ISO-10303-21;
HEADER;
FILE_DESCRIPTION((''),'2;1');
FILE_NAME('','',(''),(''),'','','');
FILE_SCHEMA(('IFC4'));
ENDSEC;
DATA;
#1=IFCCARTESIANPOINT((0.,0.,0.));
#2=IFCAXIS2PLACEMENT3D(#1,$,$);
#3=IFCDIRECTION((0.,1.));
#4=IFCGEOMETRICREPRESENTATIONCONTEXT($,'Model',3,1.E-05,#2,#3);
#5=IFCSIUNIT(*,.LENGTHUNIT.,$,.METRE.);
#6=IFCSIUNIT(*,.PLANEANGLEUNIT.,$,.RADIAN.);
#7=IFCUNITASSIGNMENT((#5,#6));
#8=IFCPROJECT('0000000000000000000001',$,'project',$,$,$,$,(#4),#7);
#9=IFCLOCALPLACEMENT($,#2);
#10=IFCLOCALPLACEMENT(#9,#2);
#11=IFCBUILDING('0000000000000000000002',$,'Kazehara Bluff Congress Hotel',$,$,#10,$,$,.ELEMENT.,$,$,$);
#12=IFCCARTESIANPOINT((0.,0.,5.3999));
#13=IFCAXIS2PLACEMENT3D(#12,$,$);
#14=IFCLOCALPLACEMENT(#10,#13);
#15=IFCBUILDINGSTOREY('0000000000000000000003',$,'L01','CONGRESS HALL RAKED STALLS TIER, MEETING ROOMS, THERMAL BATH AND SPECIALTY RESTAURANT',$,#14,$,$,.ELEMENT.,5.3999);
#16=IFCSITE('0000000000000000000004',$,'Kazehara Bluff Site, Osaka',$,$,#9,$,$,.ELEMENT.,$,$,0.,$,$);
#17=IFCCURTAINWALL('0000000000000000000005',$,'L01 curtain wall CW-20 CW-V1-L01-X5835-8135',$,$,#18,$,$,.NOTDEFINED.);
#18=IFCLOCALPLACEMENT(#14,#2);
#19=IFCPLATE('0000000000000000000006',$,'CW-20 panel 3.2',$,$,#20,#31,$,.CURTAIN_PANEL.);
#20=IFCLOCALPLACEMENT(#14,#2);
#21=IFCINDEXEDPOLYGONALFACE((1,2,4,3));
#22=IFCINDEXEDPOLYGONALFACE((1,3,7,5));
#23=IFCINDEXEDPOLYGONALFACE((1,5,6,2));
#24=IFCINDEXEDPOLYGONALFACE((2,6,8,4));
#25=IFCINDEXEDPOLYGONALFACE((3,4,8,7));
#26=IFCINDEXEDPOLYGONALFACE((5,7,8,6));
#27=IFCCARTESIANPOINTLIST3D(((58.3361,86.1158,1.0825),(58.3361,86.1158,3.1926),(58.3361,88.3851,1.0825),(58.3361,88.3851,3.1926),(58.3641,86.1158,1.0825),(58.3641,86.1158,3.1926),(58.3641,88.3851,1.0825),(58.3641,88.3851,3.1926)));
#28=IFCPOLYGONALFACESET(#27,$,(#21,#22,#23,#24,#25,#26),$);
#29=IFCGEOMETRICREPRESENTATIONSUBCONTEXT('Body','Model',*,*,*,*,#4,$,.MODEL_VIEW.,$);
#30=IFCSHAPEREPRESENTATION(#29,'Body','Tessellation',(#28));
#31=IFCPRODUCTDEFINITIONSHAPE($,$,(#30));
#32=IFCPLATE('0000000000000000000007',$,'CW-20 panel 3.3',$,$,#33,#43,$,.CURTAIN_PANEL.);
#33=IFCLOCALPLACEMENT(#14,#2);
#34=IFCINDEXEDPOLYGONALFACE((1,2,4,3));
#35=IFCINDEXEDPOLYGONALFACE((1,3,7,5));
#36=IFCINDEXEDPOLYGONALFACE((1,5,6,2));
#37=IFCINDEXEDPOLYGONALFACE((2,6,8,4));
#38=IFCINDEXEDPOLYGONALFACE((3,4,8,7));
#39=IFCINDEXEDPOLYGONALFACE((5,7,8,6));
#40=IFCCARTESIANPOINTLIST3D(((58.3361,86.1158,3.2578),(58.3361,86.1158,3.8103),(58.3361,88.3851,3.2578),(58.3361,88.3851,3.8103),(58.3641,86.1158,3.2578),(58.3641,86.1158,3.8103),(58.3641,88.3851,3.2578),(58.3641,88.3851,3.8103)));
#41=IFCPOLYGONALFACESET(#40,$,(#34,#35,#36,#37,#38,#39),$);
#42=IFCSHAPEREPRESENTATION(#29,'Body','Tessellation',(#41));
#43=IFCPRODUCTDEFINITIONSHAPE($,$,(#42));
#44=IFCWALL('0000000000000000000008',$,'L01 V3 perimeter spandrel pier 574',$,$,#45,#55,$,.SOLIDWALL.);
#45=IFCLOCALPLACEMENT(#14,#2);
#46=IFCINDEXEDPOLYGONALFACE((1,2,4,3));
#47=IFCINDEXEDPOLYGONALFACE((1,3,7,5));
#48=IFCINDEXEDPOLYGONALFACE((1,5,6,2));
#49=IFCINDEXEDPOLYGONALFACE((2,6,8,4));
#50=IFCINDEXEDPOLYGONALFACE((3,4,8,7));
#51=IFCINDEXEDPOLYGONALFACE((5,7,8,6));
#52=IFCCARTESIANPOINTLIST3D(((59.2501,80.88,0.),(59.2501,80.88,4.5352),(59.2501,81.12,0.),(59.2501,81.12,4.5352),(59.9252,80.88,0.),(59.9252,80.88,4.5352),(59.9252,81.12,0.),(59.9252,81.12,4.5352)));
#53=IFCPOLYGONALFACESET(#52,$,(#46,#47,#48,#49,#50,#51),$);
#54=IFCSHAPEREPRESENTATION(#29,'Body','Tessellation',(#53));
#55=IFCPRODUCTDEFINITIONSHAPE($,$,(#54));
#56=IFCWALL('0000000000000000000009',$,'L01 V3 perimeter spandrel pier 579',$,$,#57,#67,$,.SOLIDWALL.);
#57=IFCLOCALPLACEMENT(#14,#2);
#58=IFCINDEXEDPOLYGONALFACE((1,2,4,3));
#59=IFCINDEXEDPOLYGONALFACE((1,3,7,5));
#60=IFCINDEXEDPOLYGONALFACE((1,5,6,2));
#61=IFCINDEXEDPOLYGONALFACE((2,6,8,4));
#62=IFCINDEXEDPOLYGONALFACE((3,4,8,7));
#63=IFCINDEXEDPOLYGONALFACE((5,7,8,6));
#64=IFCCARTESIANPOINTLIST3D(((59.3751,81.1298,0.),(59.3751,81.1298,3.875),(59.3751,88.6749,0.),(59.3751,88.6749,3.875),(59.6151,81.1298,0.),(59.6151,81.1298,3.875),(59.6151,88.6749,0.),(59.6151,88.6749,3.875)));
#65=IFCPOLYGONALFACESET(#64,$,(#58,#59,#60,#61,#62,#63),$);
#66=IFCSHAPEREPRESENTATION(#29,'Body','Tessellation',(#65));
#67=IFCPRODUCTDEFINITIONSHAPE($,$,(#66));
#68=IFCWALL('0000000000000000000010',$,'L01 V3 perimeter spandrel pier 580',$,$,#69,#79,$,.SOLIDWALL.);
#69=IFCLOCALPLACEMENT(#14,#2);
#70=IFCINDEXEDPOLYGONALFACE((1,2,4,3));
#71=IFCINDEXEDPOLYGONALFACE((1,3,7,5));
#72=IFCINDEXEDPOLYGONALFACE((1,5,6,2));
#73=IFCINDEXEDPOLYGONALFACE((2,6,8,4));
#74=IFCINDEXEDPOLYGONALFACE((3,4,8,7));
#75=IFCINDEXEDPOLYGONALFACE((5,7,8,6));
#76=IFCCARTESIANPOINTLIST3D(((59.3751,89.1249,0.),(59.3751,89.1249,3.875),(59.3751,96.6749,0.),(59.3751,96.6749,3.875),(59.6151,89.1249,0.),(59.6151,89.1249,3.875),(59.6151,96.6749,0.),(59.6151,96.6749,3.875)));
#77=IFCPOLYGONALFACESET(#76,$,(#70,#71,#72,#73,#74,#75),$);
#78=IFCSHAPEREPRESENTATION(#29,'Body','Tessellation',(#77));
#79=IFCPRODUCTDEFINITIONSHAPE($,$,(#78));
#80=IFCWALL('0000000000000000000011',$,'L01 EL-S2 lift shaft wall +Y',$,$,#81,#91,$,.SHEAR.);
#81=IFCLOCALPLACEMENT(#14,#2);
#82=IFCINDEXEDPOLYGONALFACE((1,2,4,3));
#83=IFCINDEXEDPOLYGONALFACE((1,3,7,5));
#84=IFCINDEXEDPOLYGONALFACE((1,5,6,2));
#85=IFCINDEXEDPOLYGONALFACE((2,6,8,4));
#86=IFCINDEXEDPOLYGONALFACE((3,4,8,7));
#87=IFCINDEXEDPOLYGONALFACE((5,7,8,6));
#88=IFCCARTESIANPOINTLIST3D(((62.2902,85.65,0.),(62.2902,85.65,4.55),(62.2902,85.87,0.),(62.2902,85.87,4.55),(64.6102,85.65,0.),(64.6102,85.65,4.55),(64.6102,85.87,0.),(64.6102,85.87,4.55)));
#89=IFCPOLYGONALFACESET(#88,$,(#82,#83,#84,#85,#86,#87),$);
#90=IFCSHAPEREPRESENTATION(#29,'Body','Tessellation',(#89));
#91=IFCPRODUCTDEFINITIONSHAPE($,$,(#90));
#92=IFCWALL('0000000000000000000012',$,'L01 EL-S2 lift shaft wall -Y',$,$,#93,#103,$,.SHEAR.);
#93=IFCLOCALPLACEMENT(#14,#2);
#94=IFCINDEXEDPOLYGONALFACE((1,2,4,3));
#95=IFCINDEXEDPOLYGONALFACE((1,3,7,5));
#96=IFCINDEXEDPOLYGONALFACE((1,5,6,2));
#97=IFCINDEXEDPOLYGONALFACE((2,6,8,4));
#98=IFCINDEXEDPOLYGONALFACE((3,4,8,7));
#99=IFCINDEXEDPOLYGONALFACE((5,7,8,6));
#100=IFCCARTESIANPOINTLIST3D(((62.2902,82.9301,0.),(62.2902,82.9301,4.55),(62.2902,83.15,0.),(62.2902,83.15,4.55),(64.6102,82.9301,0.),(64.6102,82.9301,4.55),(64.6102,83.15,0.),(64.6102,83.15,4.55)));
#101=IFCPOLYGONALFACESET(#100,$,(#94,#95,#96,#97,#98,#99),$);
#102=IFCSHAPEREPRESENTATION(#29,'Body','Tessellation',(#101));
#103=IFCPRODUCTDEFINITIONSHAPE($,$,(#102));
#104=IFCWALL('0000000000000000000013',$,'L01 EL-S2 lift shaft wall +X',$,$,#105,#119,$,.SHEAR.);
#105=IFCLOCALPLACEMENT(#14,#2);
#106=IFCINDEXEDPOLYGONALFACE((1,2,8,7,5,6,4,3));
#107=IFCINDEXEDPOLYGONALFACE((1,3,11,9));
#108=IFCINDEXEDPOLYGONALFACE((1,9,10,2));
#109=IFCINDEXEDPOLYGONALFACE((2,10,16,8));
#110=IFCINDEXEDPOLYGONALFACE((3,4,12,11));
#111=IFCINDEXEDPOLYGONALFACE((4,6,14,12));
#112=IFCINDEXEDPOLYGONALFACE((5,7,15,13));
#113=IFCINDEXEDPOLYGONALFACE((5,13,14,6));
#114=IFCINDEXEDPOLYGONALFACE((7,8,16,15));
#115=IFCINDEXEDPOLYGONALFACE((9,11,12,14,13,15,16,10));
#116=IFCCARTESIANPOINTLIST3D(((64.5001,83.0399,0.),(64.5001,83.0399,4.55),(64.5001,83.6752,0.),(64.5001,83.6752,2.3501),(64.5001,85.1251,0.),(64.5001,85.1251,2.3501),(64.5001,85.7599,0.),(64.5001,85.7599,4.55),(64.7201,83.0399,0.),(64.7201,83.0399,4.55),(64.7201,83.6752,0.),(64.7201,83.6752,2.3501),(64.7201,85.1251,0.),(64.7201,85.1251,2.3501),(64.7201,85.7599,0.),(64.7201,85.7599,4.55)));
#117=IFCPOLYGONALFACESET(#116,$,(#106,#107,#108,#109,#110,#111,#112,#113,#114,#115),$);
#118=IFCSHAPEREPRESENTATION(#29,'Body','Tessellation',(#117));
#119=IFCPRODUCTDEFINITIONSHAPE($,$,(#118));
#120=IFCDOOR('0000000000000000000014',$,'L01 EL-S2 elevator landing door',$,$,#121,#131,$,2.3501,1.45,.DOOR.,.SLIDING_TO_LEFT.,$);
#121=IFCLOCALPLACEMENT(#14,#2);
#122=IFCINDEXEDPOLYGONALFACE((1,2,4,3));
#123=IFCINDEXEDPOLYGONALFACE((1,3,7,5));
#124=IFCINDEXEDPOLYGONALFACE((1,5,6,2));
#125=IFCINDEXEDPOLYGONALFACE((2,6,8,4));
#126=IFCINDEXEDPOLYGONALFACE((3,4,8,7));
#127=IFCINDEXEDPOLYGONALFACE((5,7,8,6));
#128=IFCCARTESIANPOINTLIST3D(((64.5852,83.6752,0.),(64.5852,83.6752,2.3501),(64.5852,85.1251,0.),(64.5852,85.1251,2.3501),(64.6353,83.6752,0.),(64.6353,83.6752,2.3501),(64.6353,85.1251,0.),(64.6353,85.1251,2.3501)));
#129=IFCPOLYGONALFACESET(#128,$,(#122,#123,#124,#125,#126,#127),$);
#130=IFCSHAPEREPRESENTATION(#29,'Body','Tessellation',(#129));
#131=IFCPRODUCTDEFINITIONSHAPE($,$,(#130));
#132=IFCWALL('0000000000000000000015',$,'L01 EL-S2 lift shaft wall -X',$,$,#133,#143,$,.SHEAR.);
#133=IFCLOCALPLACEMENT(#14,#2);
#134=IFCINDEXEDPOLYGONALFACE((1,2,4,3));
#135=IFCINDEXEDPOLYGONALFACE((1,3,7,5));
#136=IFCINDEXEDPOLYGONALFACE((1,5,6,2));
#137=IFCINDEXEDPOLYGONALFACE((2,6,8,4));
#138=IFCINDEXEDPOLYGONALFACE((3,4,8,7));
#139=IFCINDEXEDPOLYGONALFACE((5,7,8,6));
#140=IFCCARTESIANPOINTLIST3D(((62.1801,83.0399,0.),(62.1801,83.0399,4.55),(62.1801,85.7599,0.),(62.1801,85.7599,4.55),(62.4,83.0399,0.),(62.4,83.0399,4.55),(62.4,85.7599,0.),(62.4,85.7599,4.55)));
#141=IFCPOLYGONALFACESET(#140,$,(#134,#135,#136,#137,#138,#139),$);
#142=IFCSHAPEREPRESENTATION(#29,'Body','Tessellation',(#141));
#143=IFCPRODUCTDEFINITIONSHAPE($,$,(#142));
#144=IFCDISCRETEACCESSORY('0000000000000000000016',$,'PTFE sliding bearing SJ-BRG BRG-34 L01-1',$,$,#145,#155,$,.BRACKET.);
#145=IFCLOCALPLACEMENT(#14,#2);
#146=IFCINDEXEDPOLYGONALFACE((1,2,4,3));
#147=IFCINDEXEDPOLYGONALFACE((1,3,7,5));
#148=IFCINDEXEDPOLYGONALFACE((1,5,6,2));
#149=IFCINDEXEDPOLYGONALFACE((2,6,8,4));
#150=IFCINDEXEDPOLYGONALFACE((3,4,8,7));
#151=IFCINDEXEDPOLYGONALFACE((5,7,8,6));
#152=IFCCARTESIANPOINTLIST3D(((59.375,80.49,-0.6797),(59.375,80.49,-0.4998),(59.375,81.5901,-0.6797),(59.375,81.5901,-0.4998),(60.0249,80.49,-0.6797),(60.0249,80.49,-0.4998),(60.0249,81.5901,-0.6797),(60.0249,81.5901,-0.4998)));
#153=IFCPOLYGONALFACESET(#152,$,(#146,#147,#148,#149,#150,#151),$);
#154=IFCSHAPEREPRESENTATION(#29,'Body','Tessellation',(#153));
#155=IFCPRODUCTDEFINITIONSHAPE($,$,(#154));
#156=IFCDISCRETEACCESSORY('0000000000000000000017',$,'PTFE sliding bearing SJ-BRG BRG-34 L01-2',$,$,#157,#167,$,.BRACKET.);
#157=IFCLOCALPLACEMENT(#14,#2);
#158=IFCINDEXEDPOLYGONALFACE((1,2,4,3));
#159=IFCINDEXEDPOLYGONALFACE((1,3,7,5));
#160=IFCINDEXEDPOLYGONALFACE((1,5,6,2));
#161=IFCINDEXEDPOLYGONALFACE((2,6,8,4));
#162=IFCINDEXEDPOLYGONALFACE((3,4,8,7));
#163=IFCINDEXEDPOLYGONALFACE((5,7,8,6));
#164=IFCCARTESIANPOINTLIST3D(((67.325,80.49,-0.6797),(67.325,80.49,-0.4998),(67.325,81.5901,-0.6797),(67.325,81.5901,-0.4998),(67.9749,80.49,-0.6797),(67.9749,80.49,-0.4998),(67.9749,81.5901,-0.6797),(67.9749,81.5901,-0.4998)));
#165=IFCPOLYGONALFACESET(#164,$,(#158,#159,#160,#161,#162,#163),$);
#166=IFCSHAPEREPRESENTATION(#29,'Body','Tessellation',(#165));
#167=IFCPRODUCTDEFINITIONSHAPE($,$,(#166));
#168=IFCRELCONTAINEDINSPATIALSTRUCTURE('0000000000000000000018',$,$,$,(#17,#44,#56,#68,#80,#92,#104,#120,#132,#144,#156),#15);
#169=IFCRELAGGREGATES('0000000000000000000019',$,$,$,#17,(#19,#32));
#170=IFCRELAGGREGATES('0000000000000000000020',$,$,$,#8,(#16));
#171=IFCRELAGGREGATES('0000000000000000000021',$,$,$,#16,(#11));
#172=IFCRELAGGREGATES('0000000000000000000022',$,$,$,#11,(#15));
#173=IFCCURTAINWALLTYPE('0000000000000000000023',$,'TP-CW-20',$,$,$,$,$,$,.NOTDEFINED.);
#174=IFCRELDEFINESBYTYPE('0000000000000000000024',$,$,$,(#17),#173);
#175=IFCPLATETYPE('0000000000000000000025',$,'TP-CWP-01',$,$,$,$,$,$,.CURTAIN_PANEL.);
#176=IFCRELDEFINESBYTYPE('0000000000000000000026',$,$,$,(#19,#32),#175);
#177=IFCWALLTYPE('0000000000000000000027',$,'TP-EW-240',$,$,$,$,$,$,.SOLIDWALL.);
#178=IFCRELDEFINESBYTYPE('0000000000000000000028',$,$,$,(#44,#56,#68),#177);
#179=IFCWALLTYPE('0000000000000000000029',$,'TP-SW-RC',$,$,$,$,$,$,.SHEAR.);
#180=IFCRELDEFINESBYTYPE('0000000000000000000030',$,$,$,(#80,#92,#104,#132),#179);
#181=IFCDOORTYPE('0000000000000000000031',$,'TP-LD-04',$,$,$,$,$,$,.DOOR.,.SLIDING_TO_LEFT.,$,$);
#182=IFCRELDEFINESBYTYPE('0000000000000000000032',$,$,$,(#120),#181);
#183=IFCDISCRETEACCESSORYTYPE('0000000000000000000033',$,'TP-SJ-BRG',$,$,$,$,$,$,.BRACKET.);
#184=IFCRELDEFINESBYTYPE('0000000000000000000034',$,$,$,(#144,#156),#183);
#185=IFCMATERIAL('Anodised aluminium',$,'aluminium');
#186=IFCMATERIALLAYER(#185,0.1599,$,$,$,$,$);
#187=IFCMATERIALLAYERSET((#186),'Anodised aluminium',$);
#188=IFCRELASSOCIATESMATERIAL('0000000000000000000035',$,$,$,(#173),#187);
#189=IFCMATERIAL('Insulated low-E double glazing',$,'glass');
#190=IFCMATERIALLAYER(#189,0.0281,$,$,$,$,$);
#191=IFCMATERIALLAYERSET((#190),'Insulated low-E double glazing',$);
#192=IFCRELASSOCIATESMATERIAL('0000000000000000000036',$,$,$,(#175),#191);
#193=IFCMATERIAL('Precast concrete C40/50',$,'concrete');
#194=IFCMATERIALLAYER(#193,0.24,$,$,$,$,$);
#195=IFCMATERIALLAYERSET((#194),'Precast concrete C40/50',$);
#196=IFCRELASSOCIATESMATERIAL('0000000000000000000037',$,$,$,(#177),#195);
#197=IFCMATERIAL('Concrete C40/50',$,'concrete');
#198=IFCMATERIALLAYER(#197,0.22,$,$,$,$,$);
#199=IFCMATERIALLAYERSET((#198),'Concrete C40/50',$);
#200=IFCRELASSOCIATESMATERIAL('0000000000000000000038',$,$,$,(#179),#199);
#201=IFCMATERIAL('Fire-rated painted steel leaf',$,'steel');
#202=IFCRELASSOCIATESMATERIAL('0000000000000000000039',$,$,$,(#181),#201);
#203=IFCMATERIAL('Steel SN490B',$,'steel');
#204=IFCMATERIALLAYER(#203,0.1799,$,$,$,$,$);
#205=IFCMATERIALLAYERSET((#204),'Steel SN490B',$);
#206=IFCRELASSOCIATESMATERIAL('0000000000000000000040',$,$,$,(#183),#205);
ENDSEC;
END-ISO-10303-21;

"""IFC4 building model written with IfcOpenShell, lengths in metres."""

from ifc_helpers import new_model, si_unit, direction, frame, frame_2d, origin, origin_2d, place, context, subcontext, project, spatial, rectangle, extrude, material, layer, layer_set, type_object, element, fill, aggregate, save


model = new_model("IFC4")

# Units and contexts
model_context = context("Model", 3, precision=1e-05, world=origin(), true_north=direction((0.0, 1.0)))
body_context = subcontext(model_context, "Body", "Model", "MODEL_VIEW")
ifc_project = project(units=[si_unit("LENGTHUNIT", "METRE"), si_unit("PLANEANGLEUNIT", "RADIAN")], contexts=[model_context])

# Site, building, storey
site_placement = place(None, origin())
site = spatial("IfcSite", under=ifc_project, at=site_placement, Name="Kazehara Bluff Site, Osaka", CompositionType="ELEMENT", RefElevation=0.0)
building_placement = place(site_placement, origin())
building = spatial("IfcBuilding", under=site, at=building_placement, Name="Kazehara Bluff Congress Hotel", CompositionType="ELEMENT")
storey_placement = place(building_placement, frame((0.0, 0.0, 5.3999)))
storey = spatial("IfcBuildingStorey", under=building, at=storey_placement, Name="L01", Description="CONGRESS HALL RAKED STALLS TIER, MEETING ROOMS, THERMAL BATH AND SPECIALTY RESTAURANT", CompositionType="ELEMENT", Elevation=5.3999)

# Curtain wall
ifc_material_1 = material(Name="Anodised aluminium", Category="aluminium")
ifc_layer_1 = layer(ifc_material_1, 0.1599)
ifc_layer_set_1 = layer_set([ifc_layer_1], Name="Anodised aluminium")
curtain_wall_type_1 = type_object("IfcCurtainWallType", Name="TP-CW-20", PredefinedType="NOTDEFINED", material=ifc_layer_set_1)
curtain_wall_1_placement = place(storey_placement, origin())
curtain_wall_1 = element("IfcCurtainWall", 1, at=curtain_wall_1_placement, inside=storey, type_object=curtain_wall_type_1, Name="L01 curtain wall CW-20 CW-V1-L01-X5835-8135", PredefinedType="NOTDEFINED")

# Plates
ifc_material_2 = material(Name="Insulated low-E double glazing", Category="glass")
ifc_layer_2 = layer(ifc_material_2, 0.0281)
ifc_layer_set_2 = layer_set([ifc_layer_2], Name="Insulated low-E double glazing")
plate_type = type_object("IfcPlateType", Name="TP-CWP-01", PredefinedType="CURTAIN_PANEL", material=ifc_layer_set_2)
plate_1_placement = place(storey_placement, frame((58.3501, 87.2505, 1.0825), z_axis=(0.0, 0.0, 1.0), x_axis=(0.0, 1.0, 0.0)))
plate_1 = element("IfcPlate", 2, at=plate_1_placement, type_object=plate_type, Name="CW-20 panel 3.2", PredefinedType="CURTAIN_PANEL", context=body_context, shape_type="SweptSolid", body=[
    extrude(rectangle(XDim=2.2693, YDim=0.0281, at=origin_2d()), origin(), (0.0, 0.0, 1.0), 2.1101),
])
plate_2_placement = place(storey_placement, frame((58.3501, 87.2505, 3.2578), z_axis=(0.0, 0.0, 1.0), x_axis=(0.0, 1.0, 0.0)))
plate_2 = element("IfcPlate", 3, at=plate_2_placement, type_object=plate_type, Name="CW-20 panel 3.3", PredefinedType="CURTAIN_PANEL", context=body_context, shape_type="SweptSolid", body=[
    extrude(rectangle(XDim=2.2693, YDim=0.0281, at=origin_2d()), origin(), (0.0, 0.0, 1.0), 0.5525),
])
aggregate(curtain_wall_1, [plate_1, plate_2])

# Walls
ifc_material_3 = material(Name="Precast concrete C40/50", Category="concrete")
ifc_layer_3 = layer(ifc_material_3, 0.24)
ifc_layer_set_3 = layer_set([ifc_layer_3], Name="Precast concrete C40/50")
wall_type_1 = type_object("IfcWallType", Name="TP-EW-240", PredefinedType="SOLIDWALL", material=ifc_layer_set_3)
wall_1_placement = place(storey_placement, frame((59.925, 81.0, 0.0), z_axis=(0.0, 0.0, 1.0), x_axis=(-1.0, 0.0, 0.0)))
element("IfcWall", 4, at=wall_1_placement, inside=storey, type_object=wall_type_1, Name="L01 V3 perimeter spandrel pier 574", PredefinedType="SOLIDWALL", context=body_context, shape_type="SweptSolid", body=[
    extrude(rectangle(XDim=0.675, YDim=0.24, at=frame_2d((0.3374, 0.0))), origin(), (0.0, 0.0, 1.0), 4.5352),
])
wall_2_placement = place(storey_placement, frame((59.4951, 81.1299, 0.0), z_axis=(0.0, 0.0, 1.0), x_axis=(0.0, 1.0, 0.0)))
element("IfcWall", 5, at=wall_2_placement, inside=storey, type_object=wall_type_1, Name="L01 V3 perimeter spandrel pier 579", PredefinedType="SOLIDWALL", context=body_context, shape_type="SweptSolid", body=[
    extrude(rectangle(XDim=7.5452, YDim=0.24, at=frame_2d((3.7725, 0.0))), origin(), (0.0, 0.0, 1.0), 3.875),
])
wall_3_placement = place(storey_placement, frame((59.4951, 89.125, 0.0), z_axis=(0.0, 0.0, 1.0), x_axis=(0.0, 1.0, 0.0)))
element("IfcWall", 6, at=wall_3_placement, inside=storey, type_object=wall_type_1, Name="L01 V3 perimeter spandrel pier 580", PredefinedType="SOLIDWALL", context=body_context, shape_type="SweptSolid", body=[
    extrude(rectangle(XDim=7.55, YDim=0.24, at=frame_2d((3.7749, 0.0))), origin(), (0.0, 0.0, 1.0), 3.875),
])
ifc_material_4 = material(Name="Concrete C40/50", Category="concrete")
ifc_layer_4 = layer(ifc_material_4, 0.22)
ifc_layer_set_4 = layer_set([ifc_layer_4], Name="Concrete C40/50")
wall_type_2 = type_object("IfcWallType", Name="TP-SW-RC", PredefinedType="SHEAR", material=ifc_layer_set_4)
for number, where, z_axis, x_axis, name in (
    (7, (62.29, 85.76, 0.0), (0.0, 0.0, 1.0), (1.0, 0.0, 0.0), "L01 EL-S2 lift shaft wall +Y"),
    (8, (62.29, 83.04, 0.0), (0.0, 0.0, 1.0), (1.0, 0.0, 0.0), "L01 EL-S2 lift shaft wall -Y"),
):
    element("IfcWall", number, at=place(storey_placement, frame(where, z_axis=z_axis, x_axis=x_axis)), inside=storey, type_object=wall_type_2, Name=name, PredefinedType="SHEAR", context=body_context, shape_type="SweptSolid", body=[
        extrude(rectangle(XDim=2.3201, YDim=0.22, at=frame_2d((1.1602, 0.0))), origin(), (0.0, 0.0, 1.0), 4.55),
    ])

# Wall, opening, door
wall_4_placement = place(storey_placement, frame((64.6101, 83.04, 0.0), z_axis=(0.0, 0.0, 1.0), x_axis=(0.0, 1.0, 0.0)))
wall_4 = element("IfcWall", 9, at=wall_4_placement, inside=storey, type_object=wall_type_2, Name="L01 EL-S2 lift shaft wall +X", PredefinedType="SHEAR", context=body_context, shape_type="SweptSolid", body=[
    extrude(rectangle(XDim=2.72, YDim=0.22, at=frame_2d((1.3599, 0.0))), origin(), (0.0, 0.0, 1.0), 4.55),
])
opening_placement = place(wall_4_placement, frame((0.635, 0.0, 0.0)))
opening = element("IfcOpeningElement", 10, at=opening_placement, cuts=wall_4, PredefinedType="OPENING", context=body_context, shape_type="SweptSolid", body=[
    extrude(rectangle(XDim=1.45, YDim=2.3501, at=frame_2d((0.7251, 1.175))), frame((0.0, 0.1199, 0.0), z_axis=(0.0, -1.0, 0.0), x_axis=(1.0, 0.0, 0.0)), (0.0, 0.0, 1.0), 0.24),
])
ifc_material_5 = material(Name="Fire-rated painted steel leaf", Category="steel")
door_type = type_object("IfcDoorType", Name="TP-LD-04", OperationType="SLIDING_TO_LEFT", PredefinedType="DOOR", material=ifc_material_5)
door_placement = place(opening_placement, origin())
door = element("IfcDoor", 11, at=door_placement, inside=storey, type_object=door_type, Name="L01 EL-S2 elevator landing door", OperationType="SLIDING_TO_LEFT", OverallHeight=2.3501, OverallWidth=1.45, PredefinedType="DOOR", context=body_context, shape_type="SweptSolid", body=[
    extrude(rectangle(XDim=1.45, YDim=2.3501, at=frame_2d((0.7251, 1.175))), frame((0.0, 0.0249, 0.0), z_axis=(0.0, -1.0, 0.0), x_axis=(1.0, 0.0, 0.0)), (0.0, 0.0, 1.0), 0.05),
])
fill(opening, door)

# Wall
wall_5_placement = place(storey_placement, frame((62.29, 83.04, 0.0), z_axis=(0.0, 0.0, 1.0), x_axis=(0.0, 1.0, 0.0)))
element("IfcWall", 12, at=wall_5_placement, inside=storey, type_object=wall_type_2, Name="L01 EL-S2 lift shaft wall -X", PredefinedType="SHEAR", context=body_context, shape_type="SweptSolid", body=[
    extrude(rectangle(XDim=2.72, YDim=0.22, at=frame_2d((1.3599, 0.0))), origin(), (0.0, 0.0, 1.0), 4.55),
])

# Discrete accessories
ifc_material_6 = material(Name="Steel SN490B", Category="steel")
ifc_layer_5 = layer(ifc_material_6, 0.1799)
ifc_layer_set_5 = layer_set([ifc_layer_5], Name="Steel SN490B")
discrete_accessory_type = type_object("IfcDiscreteAccessoryType", Name="TP-SJ-BRG", PredefinedType="BRACKET", material=ifc_layer_set_5)
for number, where, z_axis, x_axis, name in (
    (13, (59.7, 81.04, -0.6797), (0.0, 0.0, 1.0), (1.0, 0.0, 0.0), "PTFE sliding bearing SJ-BRG BRG-34 L01-1"),
    (14, (67.6499, 81.04, -0.6797), (0.0, 0.0, 1.0), (1.0, 0.0, 0.0), "PTFE sliding bearing SJ-BRG BRG-34 L01-2"),
):
    element("IfcDiscreteAccessory", number, at=place(storey_placement, frame(where, z_axis=z_axis, x_axis=x_axis)), inside=storey, type_object=discrete_accessory_type, Name=name, PredefinedType="BRACKET", context=body_context, shape_type="SweptSolid", body=[
        extrude(rectangle(XDim=0.6499, YDim=1.1001, at=origin_2d()), origin(), (0.0, 0.0, 1.0), 0.1799),
    ])

save(model, "model.ifc")
